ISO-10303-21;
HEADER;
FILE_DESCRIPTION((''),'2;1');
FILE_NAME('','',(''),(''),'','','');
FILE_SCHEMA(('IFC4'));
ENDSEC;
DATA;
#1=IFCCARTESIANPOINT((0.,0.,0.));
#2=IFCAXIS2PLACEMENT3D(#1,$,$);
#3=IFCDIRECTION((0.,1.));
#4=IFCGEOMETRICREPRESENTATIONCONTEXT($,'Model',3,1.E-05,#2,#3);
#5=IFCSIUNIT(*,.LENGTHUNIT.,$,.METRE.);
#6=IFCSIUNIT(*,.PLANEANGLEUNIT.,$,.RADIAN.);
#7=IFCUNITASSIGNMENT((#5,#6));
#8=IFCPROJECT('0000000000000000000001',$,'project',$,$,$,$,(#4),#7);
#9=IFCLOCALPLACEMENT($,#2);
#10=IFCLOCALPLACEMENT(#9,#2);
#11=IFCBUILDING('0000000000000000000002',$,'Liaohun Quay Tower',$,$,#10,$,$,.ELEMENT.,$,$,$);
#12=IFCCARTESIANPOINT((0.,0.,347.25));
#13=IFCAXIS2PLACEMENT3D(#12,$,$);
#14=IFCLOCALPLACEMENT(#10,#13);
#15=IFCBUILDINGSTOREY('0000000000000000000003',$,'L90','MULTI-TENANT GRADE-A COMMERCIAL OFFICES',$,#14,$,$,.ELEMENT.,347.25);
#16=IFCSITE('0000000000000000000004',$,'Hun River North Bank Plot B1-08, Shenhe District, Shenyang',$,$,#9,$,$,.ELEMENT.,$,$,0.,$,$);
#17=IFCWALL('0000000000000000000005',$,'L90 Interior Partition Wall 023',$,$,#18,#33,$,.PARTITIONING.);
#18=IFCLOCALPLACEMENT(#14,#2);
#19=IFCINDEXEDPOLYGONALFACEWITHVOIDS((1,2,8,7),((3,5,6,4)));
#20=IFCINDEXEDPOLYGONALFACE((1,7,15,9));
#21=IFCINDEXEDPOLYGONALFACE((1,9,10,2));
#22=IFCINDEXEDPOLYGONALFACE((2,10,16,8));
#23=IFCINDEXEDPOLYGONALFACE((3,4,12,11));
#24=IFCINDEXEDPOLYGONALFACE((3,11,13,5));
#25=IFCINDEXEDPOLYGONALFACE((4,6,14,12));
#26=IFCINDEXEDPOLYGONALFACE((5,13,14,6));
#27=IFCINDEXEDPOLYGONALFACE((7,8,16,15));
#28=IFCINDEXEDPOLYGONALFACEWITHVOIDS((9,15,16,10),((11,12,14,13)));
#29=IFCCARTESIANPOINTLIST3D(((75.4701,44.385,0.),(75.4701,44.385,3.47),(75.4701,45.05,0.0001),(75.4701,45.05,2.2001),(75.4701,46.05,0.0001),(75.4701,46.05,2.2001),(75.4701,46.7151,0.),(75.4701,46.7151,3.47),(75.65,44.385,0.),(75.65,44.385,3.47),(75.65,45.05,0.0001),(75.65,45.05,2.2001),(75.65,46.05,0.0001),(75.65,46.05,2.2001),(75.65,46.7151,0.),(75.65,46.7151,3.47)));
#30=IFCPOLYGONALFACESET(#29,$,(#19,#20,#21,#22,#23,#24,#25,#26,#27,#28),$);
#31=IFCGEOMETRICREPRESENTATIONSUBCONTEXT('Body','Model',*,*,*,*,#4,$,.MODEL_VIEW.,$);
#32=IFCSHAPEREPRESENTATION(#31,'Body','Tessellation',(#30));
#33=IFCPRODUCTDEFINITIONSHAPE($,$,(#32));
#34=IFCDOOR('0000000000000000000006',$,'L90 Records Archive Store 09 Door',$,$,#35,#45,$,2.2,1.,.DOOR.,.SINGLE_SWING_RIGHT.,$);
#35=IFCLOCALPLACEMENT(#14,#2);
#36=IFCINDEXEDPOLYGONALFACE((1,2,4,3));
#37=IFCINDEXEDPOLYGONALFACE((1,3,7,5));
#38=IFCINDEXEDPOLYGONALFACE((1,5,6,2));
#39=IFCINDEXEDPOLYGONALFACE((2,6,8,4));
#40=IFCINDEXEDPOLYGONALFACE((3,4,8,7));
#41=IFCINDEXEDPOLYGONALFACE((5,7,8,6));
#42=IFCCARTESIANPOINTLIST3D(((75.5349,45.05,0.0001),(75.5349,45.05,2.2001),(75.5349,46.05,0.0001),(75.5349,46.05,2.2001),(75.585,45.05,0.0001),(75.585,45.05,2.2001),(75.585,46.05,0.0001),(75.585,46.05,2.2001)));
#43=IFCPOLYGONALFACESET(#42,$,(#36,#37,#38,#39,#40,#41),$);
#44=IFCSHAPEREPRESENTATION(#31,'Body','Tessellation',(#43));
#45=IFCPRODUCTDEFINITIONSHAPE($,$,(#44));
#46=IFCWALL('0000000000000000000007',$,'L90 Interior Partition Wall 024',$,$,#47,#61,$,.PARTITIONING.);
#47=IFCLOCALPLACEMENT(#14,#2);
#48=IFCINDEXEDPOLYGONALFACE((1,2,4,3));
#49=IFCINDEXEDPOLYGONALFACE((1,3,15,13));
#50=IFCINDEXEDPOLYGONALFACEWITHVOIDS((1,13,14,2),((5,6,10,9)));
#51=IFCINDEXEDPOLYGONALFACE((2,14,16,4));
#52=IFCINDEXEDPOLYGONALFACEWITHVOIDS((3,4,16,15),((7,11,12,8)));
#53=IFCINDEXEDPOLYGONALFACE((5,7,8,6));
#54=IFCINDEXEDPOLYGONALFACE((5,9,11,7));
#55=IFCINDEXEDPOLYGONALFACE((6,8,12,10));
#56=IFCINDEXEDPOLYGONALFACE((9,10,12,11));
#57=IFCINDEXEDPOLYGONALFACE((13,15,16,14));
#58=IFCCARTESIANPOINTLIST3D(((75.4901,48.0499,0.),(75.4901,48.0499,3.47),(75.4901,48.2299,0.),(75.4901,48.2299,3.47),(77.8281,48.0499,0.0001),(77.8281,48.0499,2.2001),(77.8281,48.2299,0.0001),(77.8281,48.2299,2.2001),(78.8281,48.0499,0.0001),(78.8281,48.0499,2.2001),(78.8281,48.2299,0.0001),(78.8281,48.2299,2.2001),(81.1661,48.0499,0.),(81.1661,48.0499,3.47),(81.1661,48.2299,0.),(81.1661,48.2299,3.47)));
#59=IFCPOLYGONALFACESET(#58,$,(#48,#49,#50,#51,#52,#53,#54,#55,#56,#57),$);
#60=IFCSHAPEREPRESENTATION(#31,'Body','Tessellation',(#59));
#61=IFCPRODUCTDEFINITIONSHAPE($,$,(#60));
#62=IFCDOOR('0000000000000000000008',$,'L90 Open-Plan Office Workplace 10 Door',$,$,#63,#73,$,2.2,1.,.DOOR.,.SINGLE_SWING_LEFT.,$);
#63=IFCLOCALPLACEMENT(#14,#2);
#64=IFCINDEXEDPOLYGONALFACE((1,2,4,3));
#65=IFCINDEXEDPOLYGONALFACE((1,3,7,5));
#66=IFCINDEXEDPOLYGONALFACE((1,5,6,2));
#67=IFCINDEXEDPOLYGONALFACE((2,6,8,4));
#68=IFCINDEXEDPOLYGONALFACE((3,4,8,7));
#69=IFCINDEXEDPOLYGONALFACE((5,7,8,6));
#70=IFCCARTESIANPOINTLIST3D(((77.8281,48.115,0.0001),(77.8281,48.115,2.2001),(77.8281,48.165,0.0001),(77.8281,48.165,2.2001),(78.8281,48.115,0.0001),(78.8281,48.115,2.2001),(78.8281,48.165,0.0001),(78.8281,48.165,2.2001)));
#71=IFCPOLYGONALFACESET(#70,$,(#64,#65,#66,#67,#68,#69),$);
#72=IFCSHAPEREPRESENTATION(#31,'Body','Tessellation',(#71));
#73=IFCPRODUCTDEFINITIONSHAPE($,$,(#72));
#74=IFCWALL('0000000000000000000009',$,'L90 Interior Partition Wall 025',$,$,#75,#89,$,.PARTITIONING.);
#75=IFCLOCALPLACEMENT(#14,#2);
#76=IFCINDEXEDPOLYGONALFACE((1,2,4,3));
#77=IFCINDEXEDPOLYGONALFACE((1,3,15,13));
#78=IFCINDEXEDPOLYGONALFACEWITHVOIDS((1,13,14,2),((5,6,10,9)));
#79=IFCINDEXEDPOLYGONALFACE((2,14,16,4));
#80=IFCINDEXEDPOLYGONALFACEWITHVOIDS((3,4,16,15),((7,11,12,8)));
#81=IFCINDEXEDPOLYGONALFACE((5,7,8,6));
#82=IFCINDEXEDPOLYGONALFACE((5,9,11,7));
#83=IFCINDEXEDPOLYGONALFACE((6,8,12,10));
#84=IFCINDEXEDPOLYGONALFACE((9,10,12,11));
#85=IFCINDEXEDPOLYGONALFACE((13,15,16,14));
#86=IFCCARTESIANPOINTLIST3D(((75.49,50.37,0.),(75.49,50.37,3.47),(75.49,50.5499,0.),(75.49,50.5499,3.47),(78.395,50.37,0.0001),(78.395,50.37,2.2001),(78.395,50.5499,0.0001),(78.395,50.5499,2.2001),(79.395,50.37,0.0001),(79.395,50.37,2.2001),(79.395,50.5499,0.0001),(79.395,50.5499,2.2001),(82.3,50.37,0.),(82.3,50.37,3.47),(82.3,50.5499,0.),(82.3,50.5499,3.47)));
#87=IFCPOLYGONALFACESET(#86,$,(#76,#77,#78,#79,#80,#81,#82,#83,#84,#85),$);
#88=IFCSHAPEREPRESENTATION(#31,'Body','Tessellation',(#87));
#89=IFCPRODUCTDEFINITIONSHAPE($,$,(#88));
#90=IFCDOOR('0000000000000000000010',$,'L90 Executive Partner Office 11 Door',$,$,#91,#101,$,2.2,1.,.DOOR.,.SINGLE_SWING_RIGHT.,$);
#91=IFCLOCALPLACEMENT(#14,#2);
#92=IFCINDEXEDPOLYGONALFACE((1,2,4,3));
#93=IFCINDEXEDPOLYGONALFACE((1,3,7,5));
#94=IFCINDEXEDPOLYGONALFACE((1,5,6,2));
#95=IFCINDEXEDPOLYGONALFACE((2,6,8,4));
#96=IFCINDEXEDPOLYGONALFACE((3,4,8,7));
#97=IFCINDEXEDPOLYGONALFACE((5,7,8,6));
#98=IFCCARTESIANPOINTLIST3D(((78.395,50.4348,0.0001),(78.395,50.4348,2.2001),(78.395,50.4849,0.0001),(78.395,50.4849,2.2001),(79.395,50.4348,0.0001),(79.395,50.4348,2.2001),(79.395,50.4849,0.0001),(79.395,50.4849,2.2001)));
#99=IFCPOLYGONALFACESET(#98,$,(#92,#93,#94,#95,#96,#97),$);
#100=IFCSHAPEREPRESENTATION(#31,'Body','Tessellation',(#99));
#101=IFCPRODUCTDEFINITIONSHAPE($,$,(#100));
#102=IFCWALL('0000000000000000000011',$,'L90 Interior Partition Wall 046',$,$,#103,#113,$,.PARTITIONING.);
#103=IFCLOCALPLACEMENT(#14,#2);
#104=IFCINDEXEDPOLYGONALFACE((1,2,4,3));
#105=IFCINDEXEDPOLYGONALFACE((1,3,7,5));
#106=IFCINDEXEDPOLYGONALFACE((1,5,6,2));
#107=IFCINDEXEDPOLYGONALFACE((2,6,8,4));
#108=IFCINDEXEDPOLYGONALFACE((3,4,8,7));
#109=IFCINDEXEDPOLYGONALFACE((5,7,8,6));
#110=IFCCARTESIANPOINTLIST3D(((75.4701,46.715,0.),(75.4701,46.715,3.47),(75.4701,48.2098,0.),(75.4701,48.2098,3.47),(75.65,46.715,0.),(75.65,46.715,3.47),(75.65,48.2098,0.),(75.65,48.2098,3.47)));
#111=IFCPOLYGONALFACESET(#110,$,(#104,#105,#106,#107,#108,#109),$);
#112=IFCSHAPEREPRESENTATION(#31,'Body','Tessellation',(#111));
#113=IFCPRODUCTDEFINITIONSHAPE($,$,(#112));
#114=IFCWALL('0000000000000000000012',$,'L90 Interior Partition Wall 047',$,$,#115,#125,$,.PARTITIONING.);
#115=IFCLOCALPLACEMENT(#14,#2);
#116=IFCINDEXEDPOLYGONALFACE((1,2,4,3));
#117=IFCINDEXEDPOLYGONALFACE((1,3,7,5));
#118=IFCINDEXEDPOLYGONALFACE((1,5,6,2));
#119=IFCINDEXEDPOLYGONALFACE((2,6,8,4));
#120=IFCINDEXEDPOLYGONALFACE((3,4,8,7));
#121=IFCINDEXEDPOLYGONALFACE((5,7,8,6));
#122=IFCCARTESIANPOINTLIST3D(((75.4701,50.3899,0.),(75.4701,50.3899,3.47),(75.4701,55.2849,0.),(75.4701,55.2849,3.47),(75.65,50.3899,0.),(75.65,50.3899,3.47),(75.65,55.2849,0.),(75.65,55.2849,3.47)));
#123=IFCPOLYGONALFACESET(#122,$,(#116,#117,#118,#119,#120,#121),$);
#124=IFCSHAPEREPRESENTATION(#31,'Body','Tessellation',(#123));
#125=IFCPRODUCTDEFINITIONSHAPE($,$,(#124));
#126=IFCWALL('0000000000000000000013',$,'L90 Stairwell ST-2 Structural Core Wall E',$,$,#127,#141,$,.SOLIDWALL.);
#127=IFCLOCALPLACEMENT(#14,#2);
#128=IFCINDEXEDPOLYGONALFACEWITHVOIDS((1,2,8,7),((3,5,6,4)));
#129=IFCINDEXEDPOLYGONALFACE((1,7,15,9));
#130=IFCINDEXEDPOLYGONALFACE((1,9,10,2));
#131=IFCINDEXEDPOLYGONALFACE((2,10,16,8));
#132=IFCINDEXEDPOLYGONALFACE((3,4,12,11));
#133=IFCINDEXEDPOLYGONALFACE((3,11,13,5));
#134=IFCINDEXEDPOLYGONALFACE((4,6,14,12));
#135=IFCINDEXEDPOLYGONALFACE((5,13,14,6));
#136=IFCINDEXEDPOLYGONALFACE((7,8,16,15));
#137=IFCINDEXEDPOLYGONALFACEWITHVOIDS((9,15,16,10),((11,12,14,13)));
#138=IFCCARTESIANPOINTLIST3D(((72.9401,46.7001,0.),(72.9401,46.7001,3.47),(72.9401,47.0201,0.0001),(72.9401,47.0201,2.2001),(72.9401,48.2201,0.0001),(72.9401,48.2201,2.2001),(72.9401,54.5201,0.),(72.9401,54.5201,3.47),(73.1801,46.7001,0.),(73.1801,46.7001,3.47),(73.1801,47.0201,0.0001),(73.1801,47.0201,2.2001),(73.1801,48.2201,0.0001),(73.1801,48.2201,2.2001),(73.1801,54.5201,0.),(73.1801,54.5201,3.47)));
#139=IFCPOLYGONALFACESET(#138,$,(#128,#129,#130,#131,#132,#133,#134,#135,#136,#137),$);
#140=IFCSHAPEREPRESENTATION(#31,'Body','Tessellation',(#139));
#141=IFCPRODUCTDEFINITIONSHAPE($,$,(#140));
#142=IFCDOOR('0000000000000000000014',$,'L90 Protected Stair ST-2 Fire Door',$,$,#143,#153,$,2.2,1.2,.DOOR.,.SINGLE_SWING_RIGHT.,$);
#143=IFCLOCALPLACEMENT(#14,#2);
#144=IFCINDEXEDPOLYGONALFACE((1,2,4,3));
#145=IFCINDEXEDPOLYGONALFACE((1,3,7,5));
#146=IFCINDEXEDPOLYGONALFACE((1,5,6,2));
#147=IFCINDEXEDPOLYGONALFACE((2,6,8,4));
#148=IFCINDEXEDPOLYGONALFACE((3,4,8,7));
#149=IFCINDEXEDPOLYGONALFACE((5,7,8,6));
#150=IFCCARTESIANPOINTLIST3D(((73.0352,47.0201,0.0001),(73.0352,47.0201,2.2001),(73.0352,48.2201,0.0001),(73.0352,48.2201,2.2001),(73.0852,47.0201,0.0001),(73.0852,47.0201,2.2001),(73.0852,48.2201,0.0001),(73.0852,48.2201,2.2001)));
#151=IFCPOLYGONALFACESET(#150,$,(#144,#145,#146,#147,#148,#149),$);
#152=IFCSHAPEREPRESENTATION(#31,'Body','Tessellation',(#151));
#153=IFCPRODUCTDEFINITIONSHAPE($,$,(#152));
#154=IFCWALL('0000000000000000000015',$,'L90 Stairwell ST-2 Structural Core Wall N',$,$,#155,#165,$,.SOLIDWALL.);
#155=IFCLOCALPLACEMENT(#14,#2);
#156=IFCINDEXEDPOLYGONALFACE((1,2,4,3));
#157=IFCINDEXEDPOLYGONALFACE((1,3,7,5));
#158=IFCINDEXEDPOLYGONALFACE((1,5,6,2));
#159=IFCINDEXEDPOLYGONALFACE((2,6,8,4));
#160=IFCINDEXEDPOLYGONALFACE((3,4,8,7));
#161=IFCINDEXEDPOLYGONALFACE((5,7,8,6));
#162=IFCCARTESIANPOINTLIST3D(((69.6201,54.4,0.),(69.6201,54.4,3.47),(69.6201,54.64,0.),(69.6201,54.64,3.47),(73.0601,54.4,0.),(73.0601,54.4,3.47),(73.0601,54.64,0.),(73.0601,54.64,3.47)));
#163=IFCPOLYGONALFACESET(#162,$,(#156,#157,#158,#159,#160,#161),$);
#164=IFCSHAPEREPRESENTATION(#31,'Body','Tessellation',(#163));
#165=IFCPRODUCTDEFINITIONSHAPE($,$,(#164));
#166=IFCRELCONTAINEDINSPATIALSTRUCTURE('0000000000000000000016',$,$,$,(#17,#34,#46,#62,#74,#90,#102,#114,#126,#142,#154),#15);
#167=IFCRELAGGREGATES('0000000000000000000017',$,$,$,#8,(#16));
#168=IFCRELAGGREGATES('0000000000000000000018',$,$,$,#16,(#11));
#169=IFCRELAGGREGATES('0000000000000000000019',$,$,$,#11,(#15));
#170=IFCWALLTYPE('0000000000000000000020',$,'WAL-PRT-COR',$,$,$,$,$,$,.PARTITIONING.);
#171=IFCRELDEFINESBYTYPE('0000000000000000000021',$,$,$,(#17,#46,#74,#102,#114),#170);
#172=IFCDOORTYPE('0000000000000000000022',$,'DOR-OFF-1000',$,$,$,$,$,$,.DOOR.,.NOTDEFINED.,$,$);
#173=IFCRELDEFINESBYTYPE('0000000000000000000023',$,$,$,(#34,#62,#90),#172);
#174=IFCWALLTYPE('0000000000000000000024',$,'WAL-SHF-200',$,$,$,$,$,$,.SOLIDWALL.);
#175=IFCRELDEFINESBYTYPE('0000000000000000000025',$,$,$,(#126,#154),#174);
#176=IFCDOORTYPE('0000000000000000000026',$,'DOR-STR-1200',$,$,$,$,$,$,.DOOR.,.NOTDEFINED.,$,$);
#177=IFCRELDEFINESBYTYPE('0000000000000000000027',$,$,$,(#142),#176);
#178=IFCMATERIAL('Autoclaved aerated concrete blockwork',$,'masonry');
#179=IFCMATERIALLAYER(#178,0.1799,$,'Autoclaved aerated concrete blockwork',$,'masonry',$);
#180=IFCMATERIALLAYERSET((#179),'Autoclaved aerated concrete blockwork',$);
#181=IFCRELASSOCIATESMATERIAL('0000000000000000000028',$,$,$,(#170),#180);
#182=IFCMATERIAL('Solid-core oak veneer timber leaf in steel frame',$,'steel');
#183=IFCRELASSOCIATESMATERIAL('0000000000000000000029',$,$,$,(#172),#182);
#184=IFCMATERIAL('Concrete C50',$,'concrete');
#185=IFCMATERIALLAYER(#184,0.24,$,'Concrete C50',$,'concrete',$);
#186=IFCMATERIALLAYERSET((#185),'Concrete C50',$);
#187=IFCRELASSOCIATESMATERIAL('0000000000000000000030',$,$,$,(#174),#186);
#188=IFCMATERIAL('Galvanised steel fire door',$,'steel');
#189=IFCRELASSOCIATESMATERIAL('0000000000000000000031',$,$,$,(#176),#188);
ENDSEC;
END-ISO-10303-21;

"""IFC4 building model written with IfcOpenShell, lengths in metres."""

from ifc_helpers import new_model, si_unit, direction, frame, frame_2d, origin, place, context, subcontext, project, spatial, rectangle, extrude, source, transform, mapped, material, layer, layer_set, type_object, element, fill, save


model = new_model("IFC4")

# Units and contexts
model_context = context("Model", 3, precision=1e-05, world=origin(), true_north=direction((0.0, 1.0)))
body_context = subcontext(model_context, "Body", "Model", "MODEL_VIEW")
ifc_project = project(units=[si_unit("LENGTHUNIT", "METRE"), si_unit("PLANEANGLEUNIT", "RADIAN")], contexts=[model_context])

# Site, building, storey
site_placement = place(None, origin())
site = spatial("IfcSite", under=ifc_project, at=site_placement, Name="Hun River North Bank Plot B1-08, Shenhe District, Shenyang", CompositionType="ELEMENT", RefElevation=0.0)
building_placement = place(site_placement, origin())
building = spatial("IfcBuilding", under=site, at=building_placement, Name="Liaohun Quay Tower", CompositionType="ELEMENT")
storey_placement = place(building_placement, frame((0.0, 0.0, 347.25)))
storey = spatial("IfcBuildingStorey", under=building, at=storey_placement, Name="L90", Description="MULTI-TENANT GRADE-A COMMERCIAL OFFICES", CompositionType="ELEMENT", Elevation=347.25)

# Walls, openings, doors
ifc_material_1 = material(Name="Autoclaved aerated concrete blockwork", Category="masonry")
ifc_layer_1 = layer(ifc_material_1, 0.1799, Name="Autoclaved aerated concrete blockwork", Category="masonry")
ifc_layer_set_1 = layer_set([ifc_layer_1], Name="Autoclaved aerated concrete blockwork")
wall_type_1 = type_object("IfcWallType", Name="WAL-PRT-COR", PredefinedType="PARTITIONING", material=ifc_layer_set_1)
wall_1_placement = place(storey_placement, frame((75.5601, 46.7151, 0.0), z_axis=(0.0, 0.0, 1.0), x_axis=(0.0, -1.0, 0.0)))
wall_1 = element("IfcWall", 1, at=wall_1_placement, inside=storey, type_object=wall_type_1, Name="L90 Interior Partition Wall 023", PredefinedType="PARTITIONING", context=body_context, shape_type="SweptSolid", body=[
    extrude(rectangle(XDim=2.3301, YDim=0.1799, at=frame_2d((1.165, 0.0))), origin(), (0.0, 0.0, 1.0), 3.47),
])
shared_shape_1 = source(origin(), body_context, "Body", "SweptSolid", [
    extrude(rectangle(XDim=1.0, YDim=2.2, at=frame_2d((0.5, 1.1001))), frame((0.0, 0.0999, 0.0), z_axis=(0.0, -1.0, 0.0), x_axis=(1.0, 0.0, 0.0)), (0.0, 0.0, 1.0), 0.2),
])
opening_1_placement = place(wall_1_placement, frame((0.665, 0.0, 0.0)))
opening_1 = element("IfcOpeningElement", 2, at=opening_1_placement, cuts=wall_1, PredefinedType="OPENING", context=body_context, shape_type="MappedRepresentation", body=[
    mapped(shared_shape_1, transform((0.0, 0.0, 0.0), x_axis=(1.0, 0.0, 0.0), y_axis=(0.0, 1.0, 0.0), z_axis=(0.0, 0.0, 1.0), scale=1.0)),
])
ifc_material_2 = material(Name="Solid-core oak veneer timber leaf in steel frame", Category="steel")
door_type_1 = type_object("IfcDoorType", Name="DOR-OFF-1000", OperationType="NOTDEFINED", PredefinedType="DOOR", material=ifc_material_2)
shared_shape_2 = source(origin(), body_context, "Body", "SweptSolid", [
    extrude(rectangle(XDim=1.0, YDim=2.2, at=frame_2d((0.5, 1.1001))), frame((0.0, 0.0249, 0.0), z_axis=(0.0, -1.0, 0.0), x_axis=(1.0, 0.0, 0.0)), (0.0, 0.0, 1.0), 0.05),
])
door_1_placement = place(opening_1_placement, origin())
door_1 = element("IfcDoor", 3, at=door_1_placement, inside=storey, type_object=door_type_1, Name="L90 Records Archive Store 09 Door", OperationType="SINGLE_SWING_RIGHT", OverallHeight=2.2, OverallWidth=1.0, PredefinedType="DOOR", context=body_context, shape_type="MappedRepresentation", body=[
    mapped(shared_shape_2, transform((0.0, 0.0, 0.0), x_axis=(1.0, 0.0, 0.0), y_axis=(0.0, 1.0, 0.0), z_axis=(0.0, 0.0, 1.0), scale=1.0)),
])
fill(opening_1, door_1)
wall_2_placement = place(storey_placement, frame((81.166, 48.1399, 0.0), z_axis=(0.0, 0.0, 1.0), x_axis=(-1.0, 0.0, 0.0)))
wall_2 = element("IfcWall", 4, at=wall_2_placement, inside=storey, type_object=wall_type_1, Name="L90 Interior Partition Wall 024", PredefinedType="PARTITIONING", context=body_context, shape_type="SweptSolid", body=[
    extrude(rectangle(XDim=5.676, YDim=0.1799, at=frame_2d((2.8379, 0.0))), origin(), (0.0, 0.0, 1.0), 3.47),
])
opening_2_placement = place(wall_2_placement, frame((2.3379, 0.0, 0.0)))
opening_2 = element("IfcOpeningElement", 5, at=opening_2_placement, cuts=wall_2, PredefinedType="OPENING", context=body_context, shape_type="MappedRepresentation", body=[
    mapped(shared_shape_1, transform((0.0, 0.0, 0.0), x_axis=(1.0, 0.0, 0.0), y_axis=(0.0, 1.0, 0.0), z_axis=(0.0, 0.0, 1.0), scale=1.0)),
])
door_2_placement = place(opening_2_placement, origin())
door_2 = element("IfcDoor", 6, at=door_2_placement, inside=storey, type_object=door_type_1, Name="L90 Open-Plan Office Workplace 10 Door", OperationType="SINGLE_SWING_LEFT", OverallHeight=2.2, OverallWidth=1.0, PredefinedType="DOOR", context=body_context, shape_type="MappedRepresentation", body=[
    mapped(shared_shape_2, transform((0.0, 0.0, 0.0), x_axis=(1.0, 0.0, 0.0), y_axis=(0.0, 1.0, 0.0), z_axis=(0.0, 0.0, 1.0), scale=1.0)),
])
fill(opening_2, door_2)
wall_3_placement = place(storey_placement, frame((75.49, 50.46, 0.0), z_axis=(0.0, 0.0, 1.0), x_axis=(1.0, 0.0, 0.0)))
wall_3 = element("IfcWall", 7, at=wall_3_placement, inside=storey, type_object=wall_type_1, Name="L90 Interior Partition Wall 025", PredefinedType="PARTITIONING", context=body_context, shape_type="SweptSolid", body=[
    extrude(rectangle(XDim=6.8101, YDim=0.1799, at=frame_2d((3.405, 0.0))), origin(), (0.0, 0.0, 1.0), 3.47),
])
opening_3_placement = place(wall_3_placement, frame((2.905, 0.0, 0.0)))
opening_3 = element("IfcOpeningElement", 8, at=opening_3_placement, cuts=wall_3, PredefinedType="OPENING", context=body_context, shape_type="MappedRepresentation", body=[
    mapped(shared_shape_1, transform((0.0, 0.0, 0.0), x_axis=(1.0, 0.0, 0.0), y_axis=(0.0, 1.0, 0.0), z_axis=(0.0, 0.0, 1.0), scale=1.0)),
])
door_3_placement = place(opening_3_placement, origin())
door_3 = element("IfcDoor", 9, at=door_3_placement, inside=storey, type_object=door_type_1, Name="L90 Executive Partner Office 11 Door", OperationType="SINGLE_SWING_RIGHT", OverallHeight=2.2, OverallWidth=1.0, PredefinedType="DOOR", context=body_context, shape_type="MappedRepresentation", body=[
    mapped(shared_shape_2, transform((0.0, 0.0, 0.0), x_axis=(1.0, 0.0, 0.0), y_axis=(0.0, 1.0, 0.0), z_axis=(0.0, 0.0, 1.0), scale=1.0)),
])
fill(opening_3, door_3)

# Walls
wall_4_placement = place(storey_placement, frame((75.5601, 48.21, 0.0), z_axis=(0.0, 0.0, 1.0), x_axis=(0.0, -1.0, 0.0)))
element("IfcWall", 10, at=wall_4_placement, inside=storey, type_object=wall_type_1, Name="L90 Interior Partition Wall 046", PredefinedType="PARTITIONING", context=body_context, shape_type="SweptSolid", body=[
    extrude(rectangle(XDim=1.4949, YDim=0.1799, at=frame_2d((0.7476, 0.0))), origin(), (0.0, 0.0, 1.0), 3.47),
])
wall_5_placement = place(storey_placement, frame((75.5601, 55.2849, 0.0), z_axis=(0.0, 0.0, 1.0), x_axis=(0.0, -1.0, 0.0)))
element("IfcWall", 11, at=wall_5_placement, inside=storey, type_object=wall_type_1, Name="L90 Interior Partition Wall 047", PredefinedType="PARTITIONING", context=body_context, shape_type="SweptSolid", body=[
    extrude(rectangle(XDim=4.895, YDim=0.1799, at=frame_2d((2.4475, 0.0))), origin(), (0.0, 0.0, 1.0), 3.47),
])

# Wall, opening, door
ifc_material_3 = material(Name="Concrete C50", Category="concrete")
ifc_layer_2 = layer(ifc_material_3, 0.24, Name="Concrete C50", Category="concrete")
ifc_layer_set_2 = layer_set([ifc_layer_2], Name="Concrete C50")
wall_type_2 = type_object("IfcWallType", Name="WAL-SHF-200", PredefinedType="SOLIDWALL", material=ifc_layer_set_2)
wall_6_placement = place(storey_placement, frame((73.0601, 46.7, 0.0), z_axis=(0.0, 0.0, 1.0), x_axis=(0.0, 1.0, 0.0)))
wall_6 = element("IfcWall", 12, at=wall_6_placement, inside=storey, type_object=wall_type_2, Name="L90 Stairwell ST-2 Structural Core Wall E", PredefinedType="SOLIDWALL", context=body_context, shape_type="SweptSolid", body=[
    extrude(rectangle(XDim=7.8201, YDim=0.24, at=frame_2d((3.9102, 0.0))), origin(), (0.0, 0.0, 1.0), 3.47),
])
shared_shape_3 = source(origin(), body_context, "Body", "SweptSolid", [
    extrude(rectangle(XDim=1.2, YDim=2.2, at=frame_2d((0.6001, 1.1001))), frame((0.0, 0.1299, 0.0), z_axis=(0.0, -1.0, 0.0), x_axis=(1.0, 0.0, 0.0)), (0.0, 0.0, 1.0), 0.26),
])
opening_4_placement = place(wall_6_placement, frame((0.3201, 0.0, 0.0)))
opening_4 = element("IfcOpeningElement", 13, at=opening_4_placement, cuts=wall_6, PredefinedType="OPENING", context=body_context, shape_type="MappedRepresentation", body=[
    mapped(shared_shape_3, transform((0.0, 0.0, 0.0), x_axis=(1.0, 0.0, 0.0), y_axis=(0.0, 1.0, 0.0), z_axis=(0.0, 0.0, 1.0), scale=1.0)),
])
ifc_material_4 = material(Name="Galvanised steel fire door", Category="steel")
door_type_2 = type_object("IfcDoorType", Name="DOR-STR-1200", OperationType="NOTDEFINED", PredefinedType="DOOR", material=ifc_material_4)
shared_shape_4 = source(origin(), body_context, "Body", "SweptSolid", [
    extrude(rectangle(XDim=1.2, YDim=2.2, at=frame_2d((0.6001, 1.1001))), frame((0.0, 0.0249, 0.0), z_axis=(0.0, -1.0, 0.0), x_axis=(1.0, 0.0, 0.0)), (0.0, 0.0, 1.0), 0.05),
])
door_4_placement = place(opening_4_placement, origin())
door_4 = element("IfcDoor", 14, at=door_4_placement, inside=storey, type_object=door_type_2, Name="L90 Protected Stair ST-2 Fire Door", OperationType="SINGLE_SWING_RIGHT", OverallHeight=2.2, OverallWidth=1.2, PredefinedType="DOOR", context=body_context, shape_type="MappedRepresentation", body=[
    mapped(shared_shape_4, transform((0.0, 0.0, 0.0), x_axis=(1.0, 0.0, 0.0), y_axis=(0.0, 1.0, 0.0), z_axis=(0.0, 0.0, 1.0), scale=1.0)),
])
fill(opening_4, door_4)

# Wall
wall_7_placement = place(storey_placement, frame((73.0601, 54.52, 0.0), z_axis=(0.0, 0.0, 1.0), x_axis=(-1.0, 0.0, 0.0)))
element("IfcWall", 15, at=wall_7_placement, inside=storey, type_object=wall_type_2, Name="L90 Stairwell ST-2 Structural Core Wall N", PredefinedType="SOLIDWALL", context=body_context, shape_type="SweptSolid", body=[
    extrude(rectangle(XDim=3.4399, YDim=0.24, at=frame_2d((1.72, 0.0))), origin(), (0.0, 0.0, 1.0), 3.47),
])

save(model, "model.ifc")
